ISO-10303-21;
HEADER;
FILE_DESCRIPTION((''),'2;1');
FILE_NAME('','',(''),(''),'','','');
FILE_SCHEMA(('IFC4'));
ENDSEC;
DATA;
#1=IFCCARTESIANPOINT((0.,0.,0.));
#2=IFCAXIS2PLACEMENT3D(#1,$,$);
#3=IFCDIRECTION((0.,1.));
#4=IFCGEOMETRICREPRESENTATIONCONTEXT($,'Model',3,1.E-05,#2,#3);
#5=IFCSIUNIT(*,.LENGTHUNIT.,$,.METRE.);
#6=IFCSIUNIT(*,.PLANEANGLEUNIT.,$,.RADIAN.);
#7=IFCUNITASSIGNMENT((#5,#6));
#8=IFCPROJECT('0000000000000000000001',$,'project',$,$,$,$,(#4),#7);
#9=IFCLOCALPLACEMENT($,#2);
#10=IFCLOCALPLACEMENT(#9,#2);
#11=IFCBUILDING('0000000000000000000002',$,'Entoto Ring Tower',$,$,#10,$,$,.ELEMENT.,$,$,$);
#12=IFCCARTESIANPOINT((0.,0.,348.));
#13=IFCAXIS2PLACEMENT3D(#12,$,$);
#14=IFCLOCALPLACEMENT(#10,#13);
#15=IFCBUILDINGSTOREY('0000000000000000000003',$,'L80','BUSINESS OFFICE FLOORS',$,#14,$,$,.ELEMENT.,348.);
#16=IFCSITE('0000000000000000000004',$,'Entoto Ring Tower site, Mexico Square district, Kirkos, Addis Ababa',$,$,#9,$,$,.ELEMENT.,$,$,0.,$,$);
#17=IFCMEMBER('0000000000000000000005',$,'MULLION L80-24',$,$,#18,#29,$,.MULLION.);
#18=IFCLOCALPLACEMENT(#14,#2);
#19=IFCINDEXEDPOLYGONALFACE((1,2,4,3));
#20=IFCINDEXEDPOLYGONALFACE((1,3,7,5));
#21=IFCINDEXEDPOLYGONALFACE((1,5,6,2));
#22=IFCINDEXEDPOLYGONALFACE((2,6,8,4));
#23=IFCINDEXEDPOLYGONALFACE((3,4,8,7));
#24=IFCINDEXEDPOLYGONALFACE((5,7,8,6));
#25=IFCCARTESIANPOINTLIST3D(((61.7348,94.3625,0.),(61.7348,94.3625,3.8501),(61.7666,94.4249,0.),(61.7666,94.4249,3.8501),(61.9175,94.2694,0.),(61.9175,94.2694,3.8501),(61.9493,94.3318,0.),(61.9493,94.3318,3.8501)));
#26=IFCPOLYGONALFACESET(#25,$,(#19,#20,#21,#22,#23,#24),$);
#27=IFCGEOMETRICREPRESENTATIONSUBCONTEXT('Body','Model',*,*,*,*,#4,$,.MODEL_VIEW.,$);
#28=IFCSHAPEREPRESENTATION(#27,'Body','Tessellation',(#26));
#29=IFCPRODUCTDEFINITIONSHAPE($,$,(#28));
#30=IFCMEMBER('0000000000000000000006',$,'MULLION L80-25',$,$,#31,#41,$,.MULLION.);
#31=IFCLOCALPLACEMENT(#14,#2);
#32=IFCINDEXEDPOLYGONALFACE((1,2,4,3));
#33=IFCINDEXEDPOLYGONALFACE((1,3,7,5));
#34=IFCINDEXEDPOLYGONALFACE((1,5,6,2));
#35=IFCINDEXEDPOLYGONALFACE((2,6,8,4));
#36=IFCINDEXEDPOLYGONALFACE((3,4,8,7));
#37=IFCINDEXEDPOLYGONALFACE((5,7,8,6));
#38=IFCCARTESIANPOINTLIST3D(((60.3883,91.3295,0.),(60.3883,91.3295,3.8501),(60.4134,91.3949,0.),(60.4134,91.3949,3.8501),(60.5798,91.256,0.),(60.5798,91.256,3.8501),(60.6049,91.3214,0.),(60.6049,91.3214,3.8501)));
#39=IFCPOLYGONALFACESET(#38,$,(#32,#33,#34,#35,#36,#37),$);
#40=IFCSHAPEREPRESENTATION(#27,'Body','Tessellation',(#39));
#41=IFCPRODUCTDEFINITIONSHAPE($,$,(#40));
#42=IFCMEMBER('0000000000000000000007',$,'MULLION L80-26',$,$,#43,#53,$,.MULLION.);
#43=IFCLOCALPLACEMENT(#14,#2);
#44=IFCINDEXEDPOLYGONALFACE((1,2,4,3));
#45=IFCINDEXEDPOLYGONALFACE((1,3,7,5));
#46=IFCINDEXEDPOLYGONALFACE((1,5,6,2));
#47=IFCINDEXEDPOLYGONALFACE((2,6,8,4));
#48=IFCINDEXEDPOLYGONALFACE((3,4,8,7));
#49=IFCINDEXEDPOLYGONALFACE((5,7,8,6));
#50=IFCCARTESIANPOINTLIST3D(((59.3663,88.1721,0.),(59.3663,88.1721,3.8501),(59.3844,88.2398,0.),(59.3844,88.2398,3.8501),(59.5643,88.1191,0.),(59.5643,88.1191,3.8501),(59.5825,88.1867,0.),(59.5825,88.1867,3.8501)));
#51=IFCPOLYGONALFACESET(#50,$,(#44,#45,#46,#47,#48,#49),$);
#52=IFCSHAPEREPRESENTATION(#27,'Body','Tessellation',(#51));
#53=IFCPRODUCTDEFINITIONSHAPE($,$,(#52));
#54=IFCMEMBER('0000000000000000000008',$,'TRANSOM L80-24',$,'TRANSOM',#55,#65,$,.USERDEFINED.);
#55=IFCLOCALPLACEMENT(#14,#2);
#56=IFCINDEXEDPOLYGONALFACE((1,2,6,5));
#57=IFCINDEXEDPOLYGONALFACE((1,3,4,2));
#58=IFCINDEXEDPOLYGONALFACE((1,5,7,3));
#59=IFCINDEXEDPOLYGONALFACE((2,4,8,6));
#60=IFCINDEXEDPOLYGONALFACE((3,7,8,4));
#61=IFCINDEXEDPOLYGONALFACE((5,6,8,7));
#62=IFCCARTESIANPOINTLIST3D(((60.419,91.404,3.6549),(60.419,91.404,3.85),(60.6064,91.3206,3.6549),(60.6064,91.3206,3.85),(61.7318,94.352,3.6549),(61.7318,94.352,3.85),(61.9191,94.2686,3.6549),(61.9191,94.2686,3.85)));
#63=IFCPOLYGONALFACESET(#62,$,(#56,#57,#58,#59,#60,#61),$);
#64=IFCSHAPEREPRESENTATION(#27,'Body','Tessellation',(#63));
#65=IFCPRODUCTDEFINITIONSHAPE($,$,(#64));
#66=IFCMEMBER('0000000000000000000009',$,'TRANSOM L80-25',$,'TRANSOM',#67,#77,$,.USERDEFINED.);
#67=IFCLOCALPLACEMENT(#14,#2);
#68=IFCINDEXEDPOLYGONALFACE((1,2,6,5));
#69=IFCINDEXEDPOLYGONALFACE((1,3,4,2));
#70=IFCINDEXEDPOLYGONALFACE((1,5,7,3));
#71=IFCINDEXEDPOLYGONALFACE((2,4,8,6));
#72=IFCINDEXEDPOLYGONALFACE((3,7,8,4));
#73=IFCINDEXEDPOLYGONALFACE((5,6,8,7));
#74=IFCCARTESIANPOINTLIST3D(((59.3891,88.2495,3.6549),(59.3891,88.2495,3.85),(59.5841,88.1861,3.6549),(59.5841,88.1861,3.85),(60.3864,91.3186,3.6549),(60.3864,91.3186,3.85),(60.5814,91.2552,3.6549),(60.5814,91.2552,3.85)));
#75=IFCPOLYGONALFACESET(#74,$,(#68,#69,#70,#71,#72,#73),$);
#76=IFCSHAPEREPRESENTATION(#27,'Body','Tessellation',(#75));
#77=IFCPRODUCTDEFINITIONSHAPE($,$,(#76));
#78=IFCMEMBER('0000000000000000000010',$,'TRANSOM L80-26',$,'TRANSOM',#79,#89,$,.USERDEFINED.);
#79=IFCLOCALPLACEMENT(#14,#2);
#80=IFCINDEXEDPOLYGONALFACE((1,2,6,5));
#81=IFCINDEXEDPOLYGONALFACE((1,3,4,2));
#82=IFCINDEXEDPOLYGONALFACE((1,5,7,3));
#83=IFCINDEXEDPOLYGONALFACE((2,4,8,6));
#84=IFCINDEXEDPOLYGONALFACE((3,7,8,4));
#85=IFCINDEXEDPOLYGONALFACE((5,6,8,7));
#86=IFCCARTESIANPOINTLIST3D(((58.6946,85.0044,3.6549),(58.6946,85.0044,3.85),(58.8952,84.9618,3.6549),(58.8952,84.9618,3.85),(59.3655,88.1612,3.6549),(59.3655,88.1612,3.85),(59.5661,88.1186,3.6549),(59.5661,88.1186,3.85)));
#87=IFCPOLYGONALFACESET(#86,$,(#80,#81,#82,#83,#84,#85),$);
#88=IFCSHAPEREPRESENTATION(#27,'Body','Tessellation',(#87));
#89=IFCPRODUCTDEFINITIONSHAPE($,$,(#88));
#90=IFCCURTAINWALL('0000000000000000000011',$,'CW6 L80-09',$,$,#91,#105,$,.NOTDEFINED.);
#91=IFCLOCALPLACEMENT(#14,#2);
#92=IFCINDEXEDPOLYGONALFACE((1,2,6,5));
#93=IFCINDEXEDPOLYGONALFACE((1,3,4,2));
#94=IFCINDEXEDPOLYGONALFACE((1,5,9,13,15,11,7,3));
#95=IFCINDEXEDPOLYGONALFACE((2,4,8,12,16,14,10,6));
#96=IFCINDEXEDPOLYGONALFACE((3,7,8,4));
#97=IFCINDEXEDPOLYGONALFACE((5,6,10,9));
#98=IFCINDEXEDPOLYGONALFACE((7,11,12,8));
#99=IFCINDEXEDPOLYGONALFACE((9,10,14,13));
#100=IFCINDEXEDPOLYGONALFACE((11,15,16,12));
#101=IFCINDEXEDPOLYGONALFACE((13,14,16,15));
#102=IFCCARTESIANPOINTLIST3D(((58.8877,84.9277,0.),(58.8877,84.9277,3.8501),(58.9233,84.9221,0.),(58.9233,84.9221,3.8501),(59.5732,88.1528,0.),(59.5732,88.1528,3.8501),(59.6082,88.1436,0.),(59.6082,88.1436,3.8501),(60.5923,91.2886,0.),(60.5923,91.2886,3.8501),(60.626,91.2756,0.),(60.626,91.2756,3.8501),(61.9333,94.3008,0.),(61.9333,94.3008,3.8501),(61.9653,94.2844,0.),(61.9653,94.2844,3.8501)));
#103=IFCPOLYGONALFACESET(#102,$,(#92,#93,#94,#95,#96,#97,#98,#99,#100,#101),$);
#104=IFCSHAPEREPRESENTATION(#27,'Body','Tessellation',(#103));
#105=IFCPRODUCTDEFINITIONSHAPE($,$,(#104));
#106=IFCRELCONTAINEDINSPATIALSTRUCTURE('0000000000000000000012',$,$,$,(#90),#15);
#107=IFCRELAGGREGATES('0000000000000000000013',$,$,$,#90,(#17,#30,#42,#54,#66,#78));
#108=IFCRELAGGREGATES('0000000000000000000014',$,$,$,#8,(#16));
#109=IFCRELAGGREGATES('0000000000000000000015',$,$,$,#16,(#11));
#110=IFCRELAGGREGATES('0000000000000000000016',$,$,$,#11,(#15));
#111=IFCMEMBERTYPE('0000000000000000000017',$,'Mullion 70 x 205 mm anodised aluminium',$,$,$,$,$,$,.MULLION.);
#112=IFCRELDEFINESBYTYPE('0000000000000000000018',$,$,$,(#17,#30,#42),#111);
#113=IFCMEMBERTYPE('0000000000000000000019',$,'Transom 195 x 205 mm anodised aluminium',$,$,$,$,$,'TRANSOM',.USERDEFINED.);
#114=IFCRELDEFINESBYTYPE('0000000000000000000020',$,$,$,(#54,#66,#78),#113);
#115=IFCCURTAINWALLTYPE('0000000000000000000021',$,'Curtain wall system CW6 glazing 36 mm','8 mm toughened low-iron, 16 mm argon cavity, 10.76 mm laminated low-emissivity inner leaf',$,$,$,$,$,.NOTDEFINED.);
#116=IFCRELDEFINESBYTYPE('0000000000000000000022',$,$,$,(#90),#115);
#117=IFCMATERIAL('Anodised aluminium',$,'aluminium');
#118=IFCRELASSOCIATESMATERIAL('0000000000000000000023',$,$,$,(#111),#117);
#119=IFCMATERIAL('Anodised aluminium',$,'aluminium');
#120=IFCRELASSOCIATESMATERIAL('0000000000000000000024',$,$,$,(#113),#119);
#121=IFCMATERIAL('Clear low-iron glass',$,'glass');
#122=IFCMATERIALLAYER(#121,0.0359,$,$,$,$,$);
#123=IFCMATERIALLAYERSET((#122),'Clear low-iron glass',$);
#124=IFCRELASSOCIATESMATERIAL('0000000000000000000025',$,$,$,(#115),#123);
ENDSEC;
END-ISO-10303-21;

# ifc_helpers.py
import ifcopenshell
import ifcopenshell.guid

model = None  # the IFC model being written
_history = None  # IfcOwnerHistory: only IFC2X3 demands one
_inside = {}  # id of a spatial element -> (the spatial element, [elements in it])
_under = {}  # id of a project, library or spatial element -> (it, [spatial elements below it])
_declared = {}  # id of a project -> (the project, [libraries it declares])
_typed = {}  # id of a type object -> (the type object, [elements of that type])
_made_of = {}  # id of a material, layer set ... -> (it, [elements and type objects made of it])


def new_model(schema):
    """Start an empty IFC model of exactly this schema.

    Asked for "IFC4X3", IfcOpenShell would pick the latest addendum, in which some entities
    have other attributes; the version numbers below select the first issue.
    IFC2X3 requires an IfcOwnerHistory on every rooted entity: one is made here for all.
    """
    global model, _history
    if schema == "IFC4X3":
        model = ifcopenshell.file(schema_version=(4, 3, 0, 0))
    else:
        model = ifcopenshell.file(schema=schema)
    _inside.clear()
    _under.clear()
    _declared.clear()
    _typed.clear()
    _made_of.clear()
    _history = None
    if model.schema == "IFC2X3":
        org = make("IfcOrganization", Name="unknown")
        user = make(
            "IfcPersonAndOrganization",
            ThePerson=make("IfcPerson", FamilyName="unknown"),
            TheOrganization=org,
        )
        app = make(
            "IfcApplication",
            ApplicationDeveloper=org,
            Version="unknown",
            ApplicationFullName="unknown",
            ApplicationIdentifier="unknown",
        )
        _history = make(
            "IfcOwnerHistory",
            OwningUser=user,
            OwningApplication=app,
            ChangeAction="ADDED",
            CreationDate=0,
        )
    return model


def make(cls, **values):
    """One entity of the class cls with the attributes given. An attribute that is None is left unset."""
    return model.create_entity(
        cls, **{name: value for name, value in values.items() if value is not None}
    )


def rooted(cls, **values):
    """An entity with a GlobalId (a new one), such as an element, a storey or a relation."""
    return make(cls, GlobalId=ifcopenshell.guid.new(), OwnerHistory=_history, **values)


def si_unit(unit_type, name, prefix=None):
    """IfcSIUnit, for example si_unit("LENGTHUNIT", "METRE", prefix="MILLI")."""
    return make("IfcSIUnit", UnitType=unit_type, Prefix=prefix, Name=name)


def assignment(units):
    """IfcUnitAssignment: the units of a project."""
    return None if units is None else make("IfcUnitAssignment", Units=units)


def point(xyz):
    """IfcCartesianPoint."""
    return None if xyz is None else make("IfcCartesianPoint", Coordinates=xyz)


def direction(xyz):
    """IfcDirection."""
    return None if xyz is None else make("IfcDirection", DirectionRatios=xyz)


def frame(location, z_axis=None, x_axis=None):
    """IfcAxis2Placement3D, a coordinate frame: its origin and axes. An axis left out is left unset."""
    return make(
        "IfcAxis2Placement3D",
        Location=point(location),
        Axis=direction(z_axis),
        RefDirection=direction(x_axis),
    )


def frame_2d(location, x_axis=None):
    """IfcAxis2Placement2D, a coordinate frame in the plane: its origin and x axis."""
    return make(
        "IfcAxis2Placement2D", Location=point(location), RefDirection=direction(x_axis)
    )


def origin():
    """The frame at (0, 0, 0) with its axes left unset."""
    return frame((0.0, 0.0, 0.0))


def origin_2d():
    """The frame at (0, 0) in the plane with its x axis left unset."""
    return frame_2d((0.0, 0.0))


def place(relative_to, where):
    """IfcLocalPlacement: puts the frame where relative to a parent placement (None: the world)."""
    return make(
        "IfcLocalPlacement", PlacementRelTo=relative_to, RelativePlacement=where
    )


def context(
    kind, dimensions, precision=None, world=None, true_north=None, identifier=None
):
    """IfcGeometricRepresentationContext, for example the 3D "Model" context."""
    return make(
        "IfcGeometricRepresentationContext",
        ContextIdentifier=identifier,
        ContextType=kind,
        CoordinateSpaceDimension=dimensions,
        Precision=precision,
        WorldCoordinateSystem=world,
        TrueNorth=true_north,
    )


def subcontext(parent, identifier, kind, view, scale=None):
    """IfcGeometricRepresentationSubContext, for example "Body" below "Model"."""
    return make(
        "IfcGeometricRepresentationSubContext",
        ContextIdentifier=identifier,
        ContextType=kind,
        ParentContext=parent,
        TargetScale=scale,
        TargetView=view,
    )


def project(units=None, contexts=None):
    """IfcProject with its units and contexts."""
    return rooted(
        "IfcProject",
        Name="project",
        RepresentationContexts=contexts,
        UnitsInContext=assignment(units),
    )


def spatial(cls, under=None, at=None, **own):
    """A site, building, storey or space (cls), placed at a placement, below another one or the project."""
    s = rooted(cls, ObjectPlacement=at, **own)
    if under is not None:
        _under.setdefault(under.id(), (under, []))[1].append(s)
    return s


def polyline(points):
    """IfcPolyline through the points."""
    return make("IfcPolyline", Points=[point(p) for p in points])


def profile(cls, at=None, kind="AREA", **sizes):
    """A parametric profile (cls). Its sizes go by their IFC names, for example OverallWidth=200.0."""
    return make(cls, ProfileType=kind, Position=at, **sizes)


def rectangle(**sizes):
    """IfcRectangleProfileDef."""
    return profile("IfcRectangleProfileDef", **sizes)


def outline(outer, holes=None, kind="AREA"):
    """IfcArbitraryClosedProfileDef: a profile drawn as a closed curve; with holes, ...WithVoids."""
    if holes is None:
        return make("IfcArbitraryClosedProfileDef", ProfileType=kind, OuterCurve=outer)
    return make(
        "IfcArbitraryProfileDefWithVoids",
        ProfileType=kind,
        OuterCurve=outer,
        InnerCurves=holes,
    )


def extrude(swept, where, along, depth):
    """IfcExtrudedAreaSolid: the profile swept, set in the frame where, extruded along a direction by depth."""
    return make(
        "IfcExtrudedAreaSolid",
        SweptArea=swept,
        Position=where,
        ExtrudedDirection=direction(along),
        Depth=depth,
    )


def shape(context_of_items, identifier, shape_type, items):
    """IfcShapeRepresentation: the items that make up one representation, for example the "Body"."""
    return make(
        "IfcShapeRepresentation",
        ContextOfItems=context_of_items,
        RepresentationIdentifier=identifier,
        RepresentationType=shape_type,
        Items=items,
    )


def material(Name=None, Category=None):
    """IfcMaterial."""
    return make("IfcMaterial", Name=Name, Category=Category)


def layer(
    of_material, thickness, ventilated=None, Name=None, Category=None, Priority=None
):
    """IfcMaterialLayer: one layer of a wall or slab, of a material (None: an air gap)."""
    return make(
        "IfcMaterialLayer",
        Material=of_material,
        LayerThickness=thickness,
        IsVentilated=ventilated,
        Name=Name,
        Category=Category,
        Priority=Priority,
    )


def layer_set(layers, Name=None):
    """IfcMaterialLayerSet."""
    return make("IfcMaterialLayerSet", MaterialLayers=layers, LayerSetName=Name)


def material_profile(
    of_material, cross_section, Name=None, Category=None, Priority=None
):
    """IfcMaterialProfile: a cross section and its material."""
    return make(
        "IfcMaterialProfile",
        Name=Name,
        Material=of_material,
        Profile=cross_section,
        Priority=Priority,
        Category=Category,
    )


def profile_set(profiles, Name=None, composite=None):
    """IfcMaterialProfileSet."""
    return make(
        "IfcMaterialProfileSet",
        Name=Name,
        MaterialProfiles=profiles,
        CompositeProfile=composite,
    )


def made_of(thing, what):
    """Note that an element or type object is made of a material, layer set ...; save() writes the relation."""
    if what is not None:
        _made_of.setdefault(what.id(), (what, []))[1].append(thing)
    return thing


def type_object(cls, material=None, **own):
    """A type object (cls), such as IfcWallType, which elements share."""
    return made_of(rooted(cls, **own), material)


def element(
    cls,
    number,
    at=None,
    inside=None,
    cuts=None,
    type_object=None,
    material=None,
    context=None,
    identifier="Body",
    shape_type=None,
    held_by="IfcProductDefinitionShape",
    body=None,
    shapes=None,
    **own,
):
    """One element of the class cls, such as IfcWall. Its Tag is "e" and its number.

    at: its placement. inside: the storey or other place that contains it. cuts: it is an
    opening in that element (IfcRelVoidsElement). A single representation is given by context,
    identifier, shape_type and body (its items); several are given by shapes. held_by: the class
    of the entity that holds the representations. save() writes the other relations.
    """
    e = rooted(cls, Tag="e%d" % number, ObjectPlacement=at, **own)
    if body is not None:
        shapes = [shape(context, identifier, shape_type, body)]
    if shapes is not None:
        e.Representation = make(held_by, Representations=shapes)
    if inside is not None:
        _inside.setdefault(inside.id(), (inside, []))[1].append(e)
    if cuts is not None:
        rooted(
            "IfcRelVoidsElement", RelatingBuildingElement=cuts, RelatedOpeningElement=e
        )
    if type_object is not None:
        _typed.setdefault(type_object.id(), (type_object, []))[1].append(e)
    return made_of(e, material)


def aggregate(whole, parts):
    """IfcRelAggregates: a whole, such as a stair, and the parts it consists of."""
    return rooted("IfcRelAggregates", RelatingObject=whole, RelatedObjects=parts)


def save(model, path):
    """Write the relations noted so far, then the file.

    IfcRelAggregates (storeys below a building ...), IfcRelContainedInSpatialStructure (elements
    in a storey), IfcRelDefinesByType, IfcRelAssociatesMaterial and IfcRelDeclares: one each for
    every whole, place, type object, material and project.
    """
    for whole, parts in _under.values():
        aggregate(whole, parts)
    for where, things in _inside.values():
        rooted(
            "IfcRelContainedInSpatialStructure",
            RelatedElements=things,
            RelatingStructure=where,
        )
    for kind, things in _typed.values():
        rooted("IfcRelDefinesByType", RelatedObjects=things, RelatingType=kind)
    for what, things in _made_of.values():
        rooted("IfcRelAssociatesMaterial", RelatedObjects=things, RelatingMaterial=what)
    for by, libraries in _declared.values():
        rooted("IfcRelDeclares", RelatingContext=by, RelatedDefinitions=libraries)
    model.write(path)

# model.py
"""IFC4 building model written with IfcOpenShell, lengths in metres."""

from ifc_helpers import new_model, si_unit, direction, frame, origin, origin_2d, place, context, subcontext, project, spatial, polyline, rectangle, outline, extrude, material, layer, layer_set, material_profile, profile_set, type_object, element, aggregate, save


model = new_model("IFC4")

# Units and contexts
model_context = context("Model", 3, precision=1e-05, world=origin(), true_north=direction((0.0, 1.0)))
body_context = subcontext(model_context, "Body", "Model", "MODEL_VIEW")
ifc_project = project(units=[si_unit("LENGTHUNIT", "METRE"), si_unit("PLANEANGLEUNIT", "RADIAN")], contexts=[model_context])

# Members
ifc_material_1 = material(Name="Anodised aluminium", Category="aluminium")
ifc_material_profile_1 = material_profile(ifc_material_1, rectangle(XDim=0.0701, YDim=0.2051, at=origin_2d()), Name="Mullion 70 x 205 mm anodised aluminium")
ifc_profile_set_1 = profile_set([ifc_material_profile_1], Name="Anodised aluminium")
member_type_1 = type_object("IfcMemberType", Name="Mullion 70 x 205 mm anodised aluminium", PredefinedType="MULLION", material=ifc_profile_set_1)
site_placement = place(None, origin())
building_placement = place(site_placement, origin())
storey_placement = place(building_placement, frame((0.0, 0.0, 348.0)))
member_1_placement = place(storey_placement, frame((61.842, 94.3472, 0.0), z_axis=(0.0, 0.0, 1.0), x_axis=(-0.45399, -0.891007, 0.0)))
member_1 = element("IfcMember", 1, at=member_1_placement, type_object=member_type_1, Name="MULLION L80-24", PredefinedType="MULLION", context=body_context, shape_type="SweptSolid", body=[
    extrude(rectangle(XDim=0.0701, YDim=0.2051, at=origin_2d()), origin(), (0.0, 0.0, 1.0), 3.8501),
])
member_2_placement = place(storey_placement, frame((60.4966, 91.3254, 0.0), z_axis=(0.0, 0.0, 1.0), x_axis=(-0.358368, -0.93358, 0.0)))
member_2 = element("IfcMember", 2, at=member_2_placement, type_object=member_type_1, Name="MULLION L80-25", PredefinedType="MULLION", context=body_context, shape_type="SweptSolid", body=[
    extrude(rectangle(XDim=0.0701, YDim=0.2051, at=origin_2d()), origin(), (0.0, 0.0, 1.0), 3.8501),
])
member_3_placement = place(storey_placement, frame((59.4744, 88.1794, 0.0), z_axis=(0.0, 0.0, 1.0), x_axis=(-0.258819, -0.965926, 0.0)))
member_3 = element("IfcMember", 3, at=member_3_placement, type_object=member_type_1, Name="MULLION L80-26", PredefinedType="MULLION", context=body_context, shape_type="SweptSolid", body=[
    extrude(rectangle(XDim=0.0701, YDim=0.2051, at=origin_2d()), origin(), (0.0, 0.0, 1.0), 3.8501),
])
ifc_material_2 = material(Name="Anodised aluminium", Category="aluminium")
ifc_material_profile_2 = material_profile(ifc_material_2, rectangle(XDim=0.2051, YDim=0.1951, at=origin_2d()), Name="Transom 195 x 205 mm anodised aluminium")
ifc_profile_set_2 = profile_set([ifc_material_profile_2], Name="Anodised aluminium")
member_type_2 = type_object("IfcMemberType", Name="Transom 195 x 205 mm anodised aluminium", ElementType="TRANSOM", PredefinedType="USERDEFINED", material=ifc_profile_set_2)
member_4_placement = place(storey_placement, frame((61.8254, 94.3103, 3.7524), z_axis=(-0.406791, -0.913521, 0.0), x_axis=(0.913521, -0.406791, 0.0)))
member_4 = element("IfcMember", 4, at=member_4_placement, type_object=member_type_2, Name="TRANSOM L80-24", ObjectType="TRANSOM", PredefinedType="USERDEFINED", context=body_context, shape_type="SweptSolid", body=[
    extrude(rectangle(XDim=0.2051, YDim=0.1951, at=origin_2d()), origin(), (0.0, 0.0, 1.0), 3.2271),
])
member_5_placement = place(storey_placement, frame((60.4839, 91.2869, 3.7524), z_axis=(-0.309047, -0.951047, 0.0), x_axis=(0.951047, -0.309047, 0.0)))
member_5 = element("IfcMember", 5, at=member_5_placement, type_object=member_type_2, Name="TRANSOM L80-25", ObjectType="TRANSOM", PredefinedType="USERDEFINED", context=body_context, shape_type="SweptSolid", body=[
    extrude(rectangle(XDim=0.2051, YDim=0.1951, at=origin_2d()), origin(), (0.0, 0.0, 1.0), 3.2271),
])
member_6_placement = place(storey_placement, frame((59.4658, 88.1399, 3.7524), z_axis=(-0.207886, -0.978153, 0.0), x_axis=(0.978153, -0.207886, 0.0)))
member_6 = element("IfcMember", 6, at=member_6_placement, type_object=member_type_2, Name="TRANSOM L80-26", ObjectType="TRANSOM", PredefinedType="USERDEFINED", context=body_context, shape_type="SweptSolid", body=[
    extrude(rectangle(XDim=0.2051, YDim=0.1951, at=origin_2d()), origin(), (0.0, 0.0, 1.0), 3.2273),
])

# Site, building, storey
site = spatial("IfcSite", under=ifc_project, at=site_placement, Name="Entoto Ring Tower site, Mexico Square district, Kirkos, Addis Ababa", CompositionType="ELEMENT", RefElevation=0.0)
building = spatial("IfcBuilding", under=site, at=building_placement, Name="Entoto Ring Tower", CompositionType="ELEMENT")
storey = spatial("IfcBuildingStorey", under=building, at=storey_placement, Name="L80", Description="BUSINESS OFFICE FLOORS", CompositionType="ELEMENT", Elevation=348.0)

# Curtain wall
ifc_material_3 = material(Name="Clear low-iron glass", Category="glass")
ifc_layer = layer(ifc_material_3, 0.0359)
ifc_layer_set = layer_set([ifc_layer], Name="Clear low-iron glass")
curtain_wall_type = type_object("IfcCurtainWallType", Name="Curtain wall system CW6 glazing 36 mm", Description="8 mm toughened low-iron, 16 mm argon cavity, 10.76 mm laminated low-emissivity inner leaf", PredefinedType="NOTDEFINED", material=ifc_layer_set)
curtain_wall_1_placement = place(storey_placement, origin())
curtain_wall_1 = element("IfcCurtainWall", 7, at=curtain_wall_1_placement, inside=storey, type_object=curtain_wall_type, Name="CW6 L80-09", PredefinedType="NOTDEFINED", context=body_context, shape_type="SweptSolid", body=[
    extrude(outline(polyline([(61.9333, 94.3008), (60.5923, 91.2886), (59.5732, 88.1528), (58.8877, 84.9277), (58.9233, 84.9221), (59.6082, 88.1436), (60.626, 91.2756), (61.9653, 94.2844), (61.9333, 94.3008)])), origin(), (0.0, 0.0, 1.0), 3.8501),
])
aggregate(curtain_wall_1, [member_1, member_2, member_3, member_4, member_5, member_6])

save(model, "model.ifc")
